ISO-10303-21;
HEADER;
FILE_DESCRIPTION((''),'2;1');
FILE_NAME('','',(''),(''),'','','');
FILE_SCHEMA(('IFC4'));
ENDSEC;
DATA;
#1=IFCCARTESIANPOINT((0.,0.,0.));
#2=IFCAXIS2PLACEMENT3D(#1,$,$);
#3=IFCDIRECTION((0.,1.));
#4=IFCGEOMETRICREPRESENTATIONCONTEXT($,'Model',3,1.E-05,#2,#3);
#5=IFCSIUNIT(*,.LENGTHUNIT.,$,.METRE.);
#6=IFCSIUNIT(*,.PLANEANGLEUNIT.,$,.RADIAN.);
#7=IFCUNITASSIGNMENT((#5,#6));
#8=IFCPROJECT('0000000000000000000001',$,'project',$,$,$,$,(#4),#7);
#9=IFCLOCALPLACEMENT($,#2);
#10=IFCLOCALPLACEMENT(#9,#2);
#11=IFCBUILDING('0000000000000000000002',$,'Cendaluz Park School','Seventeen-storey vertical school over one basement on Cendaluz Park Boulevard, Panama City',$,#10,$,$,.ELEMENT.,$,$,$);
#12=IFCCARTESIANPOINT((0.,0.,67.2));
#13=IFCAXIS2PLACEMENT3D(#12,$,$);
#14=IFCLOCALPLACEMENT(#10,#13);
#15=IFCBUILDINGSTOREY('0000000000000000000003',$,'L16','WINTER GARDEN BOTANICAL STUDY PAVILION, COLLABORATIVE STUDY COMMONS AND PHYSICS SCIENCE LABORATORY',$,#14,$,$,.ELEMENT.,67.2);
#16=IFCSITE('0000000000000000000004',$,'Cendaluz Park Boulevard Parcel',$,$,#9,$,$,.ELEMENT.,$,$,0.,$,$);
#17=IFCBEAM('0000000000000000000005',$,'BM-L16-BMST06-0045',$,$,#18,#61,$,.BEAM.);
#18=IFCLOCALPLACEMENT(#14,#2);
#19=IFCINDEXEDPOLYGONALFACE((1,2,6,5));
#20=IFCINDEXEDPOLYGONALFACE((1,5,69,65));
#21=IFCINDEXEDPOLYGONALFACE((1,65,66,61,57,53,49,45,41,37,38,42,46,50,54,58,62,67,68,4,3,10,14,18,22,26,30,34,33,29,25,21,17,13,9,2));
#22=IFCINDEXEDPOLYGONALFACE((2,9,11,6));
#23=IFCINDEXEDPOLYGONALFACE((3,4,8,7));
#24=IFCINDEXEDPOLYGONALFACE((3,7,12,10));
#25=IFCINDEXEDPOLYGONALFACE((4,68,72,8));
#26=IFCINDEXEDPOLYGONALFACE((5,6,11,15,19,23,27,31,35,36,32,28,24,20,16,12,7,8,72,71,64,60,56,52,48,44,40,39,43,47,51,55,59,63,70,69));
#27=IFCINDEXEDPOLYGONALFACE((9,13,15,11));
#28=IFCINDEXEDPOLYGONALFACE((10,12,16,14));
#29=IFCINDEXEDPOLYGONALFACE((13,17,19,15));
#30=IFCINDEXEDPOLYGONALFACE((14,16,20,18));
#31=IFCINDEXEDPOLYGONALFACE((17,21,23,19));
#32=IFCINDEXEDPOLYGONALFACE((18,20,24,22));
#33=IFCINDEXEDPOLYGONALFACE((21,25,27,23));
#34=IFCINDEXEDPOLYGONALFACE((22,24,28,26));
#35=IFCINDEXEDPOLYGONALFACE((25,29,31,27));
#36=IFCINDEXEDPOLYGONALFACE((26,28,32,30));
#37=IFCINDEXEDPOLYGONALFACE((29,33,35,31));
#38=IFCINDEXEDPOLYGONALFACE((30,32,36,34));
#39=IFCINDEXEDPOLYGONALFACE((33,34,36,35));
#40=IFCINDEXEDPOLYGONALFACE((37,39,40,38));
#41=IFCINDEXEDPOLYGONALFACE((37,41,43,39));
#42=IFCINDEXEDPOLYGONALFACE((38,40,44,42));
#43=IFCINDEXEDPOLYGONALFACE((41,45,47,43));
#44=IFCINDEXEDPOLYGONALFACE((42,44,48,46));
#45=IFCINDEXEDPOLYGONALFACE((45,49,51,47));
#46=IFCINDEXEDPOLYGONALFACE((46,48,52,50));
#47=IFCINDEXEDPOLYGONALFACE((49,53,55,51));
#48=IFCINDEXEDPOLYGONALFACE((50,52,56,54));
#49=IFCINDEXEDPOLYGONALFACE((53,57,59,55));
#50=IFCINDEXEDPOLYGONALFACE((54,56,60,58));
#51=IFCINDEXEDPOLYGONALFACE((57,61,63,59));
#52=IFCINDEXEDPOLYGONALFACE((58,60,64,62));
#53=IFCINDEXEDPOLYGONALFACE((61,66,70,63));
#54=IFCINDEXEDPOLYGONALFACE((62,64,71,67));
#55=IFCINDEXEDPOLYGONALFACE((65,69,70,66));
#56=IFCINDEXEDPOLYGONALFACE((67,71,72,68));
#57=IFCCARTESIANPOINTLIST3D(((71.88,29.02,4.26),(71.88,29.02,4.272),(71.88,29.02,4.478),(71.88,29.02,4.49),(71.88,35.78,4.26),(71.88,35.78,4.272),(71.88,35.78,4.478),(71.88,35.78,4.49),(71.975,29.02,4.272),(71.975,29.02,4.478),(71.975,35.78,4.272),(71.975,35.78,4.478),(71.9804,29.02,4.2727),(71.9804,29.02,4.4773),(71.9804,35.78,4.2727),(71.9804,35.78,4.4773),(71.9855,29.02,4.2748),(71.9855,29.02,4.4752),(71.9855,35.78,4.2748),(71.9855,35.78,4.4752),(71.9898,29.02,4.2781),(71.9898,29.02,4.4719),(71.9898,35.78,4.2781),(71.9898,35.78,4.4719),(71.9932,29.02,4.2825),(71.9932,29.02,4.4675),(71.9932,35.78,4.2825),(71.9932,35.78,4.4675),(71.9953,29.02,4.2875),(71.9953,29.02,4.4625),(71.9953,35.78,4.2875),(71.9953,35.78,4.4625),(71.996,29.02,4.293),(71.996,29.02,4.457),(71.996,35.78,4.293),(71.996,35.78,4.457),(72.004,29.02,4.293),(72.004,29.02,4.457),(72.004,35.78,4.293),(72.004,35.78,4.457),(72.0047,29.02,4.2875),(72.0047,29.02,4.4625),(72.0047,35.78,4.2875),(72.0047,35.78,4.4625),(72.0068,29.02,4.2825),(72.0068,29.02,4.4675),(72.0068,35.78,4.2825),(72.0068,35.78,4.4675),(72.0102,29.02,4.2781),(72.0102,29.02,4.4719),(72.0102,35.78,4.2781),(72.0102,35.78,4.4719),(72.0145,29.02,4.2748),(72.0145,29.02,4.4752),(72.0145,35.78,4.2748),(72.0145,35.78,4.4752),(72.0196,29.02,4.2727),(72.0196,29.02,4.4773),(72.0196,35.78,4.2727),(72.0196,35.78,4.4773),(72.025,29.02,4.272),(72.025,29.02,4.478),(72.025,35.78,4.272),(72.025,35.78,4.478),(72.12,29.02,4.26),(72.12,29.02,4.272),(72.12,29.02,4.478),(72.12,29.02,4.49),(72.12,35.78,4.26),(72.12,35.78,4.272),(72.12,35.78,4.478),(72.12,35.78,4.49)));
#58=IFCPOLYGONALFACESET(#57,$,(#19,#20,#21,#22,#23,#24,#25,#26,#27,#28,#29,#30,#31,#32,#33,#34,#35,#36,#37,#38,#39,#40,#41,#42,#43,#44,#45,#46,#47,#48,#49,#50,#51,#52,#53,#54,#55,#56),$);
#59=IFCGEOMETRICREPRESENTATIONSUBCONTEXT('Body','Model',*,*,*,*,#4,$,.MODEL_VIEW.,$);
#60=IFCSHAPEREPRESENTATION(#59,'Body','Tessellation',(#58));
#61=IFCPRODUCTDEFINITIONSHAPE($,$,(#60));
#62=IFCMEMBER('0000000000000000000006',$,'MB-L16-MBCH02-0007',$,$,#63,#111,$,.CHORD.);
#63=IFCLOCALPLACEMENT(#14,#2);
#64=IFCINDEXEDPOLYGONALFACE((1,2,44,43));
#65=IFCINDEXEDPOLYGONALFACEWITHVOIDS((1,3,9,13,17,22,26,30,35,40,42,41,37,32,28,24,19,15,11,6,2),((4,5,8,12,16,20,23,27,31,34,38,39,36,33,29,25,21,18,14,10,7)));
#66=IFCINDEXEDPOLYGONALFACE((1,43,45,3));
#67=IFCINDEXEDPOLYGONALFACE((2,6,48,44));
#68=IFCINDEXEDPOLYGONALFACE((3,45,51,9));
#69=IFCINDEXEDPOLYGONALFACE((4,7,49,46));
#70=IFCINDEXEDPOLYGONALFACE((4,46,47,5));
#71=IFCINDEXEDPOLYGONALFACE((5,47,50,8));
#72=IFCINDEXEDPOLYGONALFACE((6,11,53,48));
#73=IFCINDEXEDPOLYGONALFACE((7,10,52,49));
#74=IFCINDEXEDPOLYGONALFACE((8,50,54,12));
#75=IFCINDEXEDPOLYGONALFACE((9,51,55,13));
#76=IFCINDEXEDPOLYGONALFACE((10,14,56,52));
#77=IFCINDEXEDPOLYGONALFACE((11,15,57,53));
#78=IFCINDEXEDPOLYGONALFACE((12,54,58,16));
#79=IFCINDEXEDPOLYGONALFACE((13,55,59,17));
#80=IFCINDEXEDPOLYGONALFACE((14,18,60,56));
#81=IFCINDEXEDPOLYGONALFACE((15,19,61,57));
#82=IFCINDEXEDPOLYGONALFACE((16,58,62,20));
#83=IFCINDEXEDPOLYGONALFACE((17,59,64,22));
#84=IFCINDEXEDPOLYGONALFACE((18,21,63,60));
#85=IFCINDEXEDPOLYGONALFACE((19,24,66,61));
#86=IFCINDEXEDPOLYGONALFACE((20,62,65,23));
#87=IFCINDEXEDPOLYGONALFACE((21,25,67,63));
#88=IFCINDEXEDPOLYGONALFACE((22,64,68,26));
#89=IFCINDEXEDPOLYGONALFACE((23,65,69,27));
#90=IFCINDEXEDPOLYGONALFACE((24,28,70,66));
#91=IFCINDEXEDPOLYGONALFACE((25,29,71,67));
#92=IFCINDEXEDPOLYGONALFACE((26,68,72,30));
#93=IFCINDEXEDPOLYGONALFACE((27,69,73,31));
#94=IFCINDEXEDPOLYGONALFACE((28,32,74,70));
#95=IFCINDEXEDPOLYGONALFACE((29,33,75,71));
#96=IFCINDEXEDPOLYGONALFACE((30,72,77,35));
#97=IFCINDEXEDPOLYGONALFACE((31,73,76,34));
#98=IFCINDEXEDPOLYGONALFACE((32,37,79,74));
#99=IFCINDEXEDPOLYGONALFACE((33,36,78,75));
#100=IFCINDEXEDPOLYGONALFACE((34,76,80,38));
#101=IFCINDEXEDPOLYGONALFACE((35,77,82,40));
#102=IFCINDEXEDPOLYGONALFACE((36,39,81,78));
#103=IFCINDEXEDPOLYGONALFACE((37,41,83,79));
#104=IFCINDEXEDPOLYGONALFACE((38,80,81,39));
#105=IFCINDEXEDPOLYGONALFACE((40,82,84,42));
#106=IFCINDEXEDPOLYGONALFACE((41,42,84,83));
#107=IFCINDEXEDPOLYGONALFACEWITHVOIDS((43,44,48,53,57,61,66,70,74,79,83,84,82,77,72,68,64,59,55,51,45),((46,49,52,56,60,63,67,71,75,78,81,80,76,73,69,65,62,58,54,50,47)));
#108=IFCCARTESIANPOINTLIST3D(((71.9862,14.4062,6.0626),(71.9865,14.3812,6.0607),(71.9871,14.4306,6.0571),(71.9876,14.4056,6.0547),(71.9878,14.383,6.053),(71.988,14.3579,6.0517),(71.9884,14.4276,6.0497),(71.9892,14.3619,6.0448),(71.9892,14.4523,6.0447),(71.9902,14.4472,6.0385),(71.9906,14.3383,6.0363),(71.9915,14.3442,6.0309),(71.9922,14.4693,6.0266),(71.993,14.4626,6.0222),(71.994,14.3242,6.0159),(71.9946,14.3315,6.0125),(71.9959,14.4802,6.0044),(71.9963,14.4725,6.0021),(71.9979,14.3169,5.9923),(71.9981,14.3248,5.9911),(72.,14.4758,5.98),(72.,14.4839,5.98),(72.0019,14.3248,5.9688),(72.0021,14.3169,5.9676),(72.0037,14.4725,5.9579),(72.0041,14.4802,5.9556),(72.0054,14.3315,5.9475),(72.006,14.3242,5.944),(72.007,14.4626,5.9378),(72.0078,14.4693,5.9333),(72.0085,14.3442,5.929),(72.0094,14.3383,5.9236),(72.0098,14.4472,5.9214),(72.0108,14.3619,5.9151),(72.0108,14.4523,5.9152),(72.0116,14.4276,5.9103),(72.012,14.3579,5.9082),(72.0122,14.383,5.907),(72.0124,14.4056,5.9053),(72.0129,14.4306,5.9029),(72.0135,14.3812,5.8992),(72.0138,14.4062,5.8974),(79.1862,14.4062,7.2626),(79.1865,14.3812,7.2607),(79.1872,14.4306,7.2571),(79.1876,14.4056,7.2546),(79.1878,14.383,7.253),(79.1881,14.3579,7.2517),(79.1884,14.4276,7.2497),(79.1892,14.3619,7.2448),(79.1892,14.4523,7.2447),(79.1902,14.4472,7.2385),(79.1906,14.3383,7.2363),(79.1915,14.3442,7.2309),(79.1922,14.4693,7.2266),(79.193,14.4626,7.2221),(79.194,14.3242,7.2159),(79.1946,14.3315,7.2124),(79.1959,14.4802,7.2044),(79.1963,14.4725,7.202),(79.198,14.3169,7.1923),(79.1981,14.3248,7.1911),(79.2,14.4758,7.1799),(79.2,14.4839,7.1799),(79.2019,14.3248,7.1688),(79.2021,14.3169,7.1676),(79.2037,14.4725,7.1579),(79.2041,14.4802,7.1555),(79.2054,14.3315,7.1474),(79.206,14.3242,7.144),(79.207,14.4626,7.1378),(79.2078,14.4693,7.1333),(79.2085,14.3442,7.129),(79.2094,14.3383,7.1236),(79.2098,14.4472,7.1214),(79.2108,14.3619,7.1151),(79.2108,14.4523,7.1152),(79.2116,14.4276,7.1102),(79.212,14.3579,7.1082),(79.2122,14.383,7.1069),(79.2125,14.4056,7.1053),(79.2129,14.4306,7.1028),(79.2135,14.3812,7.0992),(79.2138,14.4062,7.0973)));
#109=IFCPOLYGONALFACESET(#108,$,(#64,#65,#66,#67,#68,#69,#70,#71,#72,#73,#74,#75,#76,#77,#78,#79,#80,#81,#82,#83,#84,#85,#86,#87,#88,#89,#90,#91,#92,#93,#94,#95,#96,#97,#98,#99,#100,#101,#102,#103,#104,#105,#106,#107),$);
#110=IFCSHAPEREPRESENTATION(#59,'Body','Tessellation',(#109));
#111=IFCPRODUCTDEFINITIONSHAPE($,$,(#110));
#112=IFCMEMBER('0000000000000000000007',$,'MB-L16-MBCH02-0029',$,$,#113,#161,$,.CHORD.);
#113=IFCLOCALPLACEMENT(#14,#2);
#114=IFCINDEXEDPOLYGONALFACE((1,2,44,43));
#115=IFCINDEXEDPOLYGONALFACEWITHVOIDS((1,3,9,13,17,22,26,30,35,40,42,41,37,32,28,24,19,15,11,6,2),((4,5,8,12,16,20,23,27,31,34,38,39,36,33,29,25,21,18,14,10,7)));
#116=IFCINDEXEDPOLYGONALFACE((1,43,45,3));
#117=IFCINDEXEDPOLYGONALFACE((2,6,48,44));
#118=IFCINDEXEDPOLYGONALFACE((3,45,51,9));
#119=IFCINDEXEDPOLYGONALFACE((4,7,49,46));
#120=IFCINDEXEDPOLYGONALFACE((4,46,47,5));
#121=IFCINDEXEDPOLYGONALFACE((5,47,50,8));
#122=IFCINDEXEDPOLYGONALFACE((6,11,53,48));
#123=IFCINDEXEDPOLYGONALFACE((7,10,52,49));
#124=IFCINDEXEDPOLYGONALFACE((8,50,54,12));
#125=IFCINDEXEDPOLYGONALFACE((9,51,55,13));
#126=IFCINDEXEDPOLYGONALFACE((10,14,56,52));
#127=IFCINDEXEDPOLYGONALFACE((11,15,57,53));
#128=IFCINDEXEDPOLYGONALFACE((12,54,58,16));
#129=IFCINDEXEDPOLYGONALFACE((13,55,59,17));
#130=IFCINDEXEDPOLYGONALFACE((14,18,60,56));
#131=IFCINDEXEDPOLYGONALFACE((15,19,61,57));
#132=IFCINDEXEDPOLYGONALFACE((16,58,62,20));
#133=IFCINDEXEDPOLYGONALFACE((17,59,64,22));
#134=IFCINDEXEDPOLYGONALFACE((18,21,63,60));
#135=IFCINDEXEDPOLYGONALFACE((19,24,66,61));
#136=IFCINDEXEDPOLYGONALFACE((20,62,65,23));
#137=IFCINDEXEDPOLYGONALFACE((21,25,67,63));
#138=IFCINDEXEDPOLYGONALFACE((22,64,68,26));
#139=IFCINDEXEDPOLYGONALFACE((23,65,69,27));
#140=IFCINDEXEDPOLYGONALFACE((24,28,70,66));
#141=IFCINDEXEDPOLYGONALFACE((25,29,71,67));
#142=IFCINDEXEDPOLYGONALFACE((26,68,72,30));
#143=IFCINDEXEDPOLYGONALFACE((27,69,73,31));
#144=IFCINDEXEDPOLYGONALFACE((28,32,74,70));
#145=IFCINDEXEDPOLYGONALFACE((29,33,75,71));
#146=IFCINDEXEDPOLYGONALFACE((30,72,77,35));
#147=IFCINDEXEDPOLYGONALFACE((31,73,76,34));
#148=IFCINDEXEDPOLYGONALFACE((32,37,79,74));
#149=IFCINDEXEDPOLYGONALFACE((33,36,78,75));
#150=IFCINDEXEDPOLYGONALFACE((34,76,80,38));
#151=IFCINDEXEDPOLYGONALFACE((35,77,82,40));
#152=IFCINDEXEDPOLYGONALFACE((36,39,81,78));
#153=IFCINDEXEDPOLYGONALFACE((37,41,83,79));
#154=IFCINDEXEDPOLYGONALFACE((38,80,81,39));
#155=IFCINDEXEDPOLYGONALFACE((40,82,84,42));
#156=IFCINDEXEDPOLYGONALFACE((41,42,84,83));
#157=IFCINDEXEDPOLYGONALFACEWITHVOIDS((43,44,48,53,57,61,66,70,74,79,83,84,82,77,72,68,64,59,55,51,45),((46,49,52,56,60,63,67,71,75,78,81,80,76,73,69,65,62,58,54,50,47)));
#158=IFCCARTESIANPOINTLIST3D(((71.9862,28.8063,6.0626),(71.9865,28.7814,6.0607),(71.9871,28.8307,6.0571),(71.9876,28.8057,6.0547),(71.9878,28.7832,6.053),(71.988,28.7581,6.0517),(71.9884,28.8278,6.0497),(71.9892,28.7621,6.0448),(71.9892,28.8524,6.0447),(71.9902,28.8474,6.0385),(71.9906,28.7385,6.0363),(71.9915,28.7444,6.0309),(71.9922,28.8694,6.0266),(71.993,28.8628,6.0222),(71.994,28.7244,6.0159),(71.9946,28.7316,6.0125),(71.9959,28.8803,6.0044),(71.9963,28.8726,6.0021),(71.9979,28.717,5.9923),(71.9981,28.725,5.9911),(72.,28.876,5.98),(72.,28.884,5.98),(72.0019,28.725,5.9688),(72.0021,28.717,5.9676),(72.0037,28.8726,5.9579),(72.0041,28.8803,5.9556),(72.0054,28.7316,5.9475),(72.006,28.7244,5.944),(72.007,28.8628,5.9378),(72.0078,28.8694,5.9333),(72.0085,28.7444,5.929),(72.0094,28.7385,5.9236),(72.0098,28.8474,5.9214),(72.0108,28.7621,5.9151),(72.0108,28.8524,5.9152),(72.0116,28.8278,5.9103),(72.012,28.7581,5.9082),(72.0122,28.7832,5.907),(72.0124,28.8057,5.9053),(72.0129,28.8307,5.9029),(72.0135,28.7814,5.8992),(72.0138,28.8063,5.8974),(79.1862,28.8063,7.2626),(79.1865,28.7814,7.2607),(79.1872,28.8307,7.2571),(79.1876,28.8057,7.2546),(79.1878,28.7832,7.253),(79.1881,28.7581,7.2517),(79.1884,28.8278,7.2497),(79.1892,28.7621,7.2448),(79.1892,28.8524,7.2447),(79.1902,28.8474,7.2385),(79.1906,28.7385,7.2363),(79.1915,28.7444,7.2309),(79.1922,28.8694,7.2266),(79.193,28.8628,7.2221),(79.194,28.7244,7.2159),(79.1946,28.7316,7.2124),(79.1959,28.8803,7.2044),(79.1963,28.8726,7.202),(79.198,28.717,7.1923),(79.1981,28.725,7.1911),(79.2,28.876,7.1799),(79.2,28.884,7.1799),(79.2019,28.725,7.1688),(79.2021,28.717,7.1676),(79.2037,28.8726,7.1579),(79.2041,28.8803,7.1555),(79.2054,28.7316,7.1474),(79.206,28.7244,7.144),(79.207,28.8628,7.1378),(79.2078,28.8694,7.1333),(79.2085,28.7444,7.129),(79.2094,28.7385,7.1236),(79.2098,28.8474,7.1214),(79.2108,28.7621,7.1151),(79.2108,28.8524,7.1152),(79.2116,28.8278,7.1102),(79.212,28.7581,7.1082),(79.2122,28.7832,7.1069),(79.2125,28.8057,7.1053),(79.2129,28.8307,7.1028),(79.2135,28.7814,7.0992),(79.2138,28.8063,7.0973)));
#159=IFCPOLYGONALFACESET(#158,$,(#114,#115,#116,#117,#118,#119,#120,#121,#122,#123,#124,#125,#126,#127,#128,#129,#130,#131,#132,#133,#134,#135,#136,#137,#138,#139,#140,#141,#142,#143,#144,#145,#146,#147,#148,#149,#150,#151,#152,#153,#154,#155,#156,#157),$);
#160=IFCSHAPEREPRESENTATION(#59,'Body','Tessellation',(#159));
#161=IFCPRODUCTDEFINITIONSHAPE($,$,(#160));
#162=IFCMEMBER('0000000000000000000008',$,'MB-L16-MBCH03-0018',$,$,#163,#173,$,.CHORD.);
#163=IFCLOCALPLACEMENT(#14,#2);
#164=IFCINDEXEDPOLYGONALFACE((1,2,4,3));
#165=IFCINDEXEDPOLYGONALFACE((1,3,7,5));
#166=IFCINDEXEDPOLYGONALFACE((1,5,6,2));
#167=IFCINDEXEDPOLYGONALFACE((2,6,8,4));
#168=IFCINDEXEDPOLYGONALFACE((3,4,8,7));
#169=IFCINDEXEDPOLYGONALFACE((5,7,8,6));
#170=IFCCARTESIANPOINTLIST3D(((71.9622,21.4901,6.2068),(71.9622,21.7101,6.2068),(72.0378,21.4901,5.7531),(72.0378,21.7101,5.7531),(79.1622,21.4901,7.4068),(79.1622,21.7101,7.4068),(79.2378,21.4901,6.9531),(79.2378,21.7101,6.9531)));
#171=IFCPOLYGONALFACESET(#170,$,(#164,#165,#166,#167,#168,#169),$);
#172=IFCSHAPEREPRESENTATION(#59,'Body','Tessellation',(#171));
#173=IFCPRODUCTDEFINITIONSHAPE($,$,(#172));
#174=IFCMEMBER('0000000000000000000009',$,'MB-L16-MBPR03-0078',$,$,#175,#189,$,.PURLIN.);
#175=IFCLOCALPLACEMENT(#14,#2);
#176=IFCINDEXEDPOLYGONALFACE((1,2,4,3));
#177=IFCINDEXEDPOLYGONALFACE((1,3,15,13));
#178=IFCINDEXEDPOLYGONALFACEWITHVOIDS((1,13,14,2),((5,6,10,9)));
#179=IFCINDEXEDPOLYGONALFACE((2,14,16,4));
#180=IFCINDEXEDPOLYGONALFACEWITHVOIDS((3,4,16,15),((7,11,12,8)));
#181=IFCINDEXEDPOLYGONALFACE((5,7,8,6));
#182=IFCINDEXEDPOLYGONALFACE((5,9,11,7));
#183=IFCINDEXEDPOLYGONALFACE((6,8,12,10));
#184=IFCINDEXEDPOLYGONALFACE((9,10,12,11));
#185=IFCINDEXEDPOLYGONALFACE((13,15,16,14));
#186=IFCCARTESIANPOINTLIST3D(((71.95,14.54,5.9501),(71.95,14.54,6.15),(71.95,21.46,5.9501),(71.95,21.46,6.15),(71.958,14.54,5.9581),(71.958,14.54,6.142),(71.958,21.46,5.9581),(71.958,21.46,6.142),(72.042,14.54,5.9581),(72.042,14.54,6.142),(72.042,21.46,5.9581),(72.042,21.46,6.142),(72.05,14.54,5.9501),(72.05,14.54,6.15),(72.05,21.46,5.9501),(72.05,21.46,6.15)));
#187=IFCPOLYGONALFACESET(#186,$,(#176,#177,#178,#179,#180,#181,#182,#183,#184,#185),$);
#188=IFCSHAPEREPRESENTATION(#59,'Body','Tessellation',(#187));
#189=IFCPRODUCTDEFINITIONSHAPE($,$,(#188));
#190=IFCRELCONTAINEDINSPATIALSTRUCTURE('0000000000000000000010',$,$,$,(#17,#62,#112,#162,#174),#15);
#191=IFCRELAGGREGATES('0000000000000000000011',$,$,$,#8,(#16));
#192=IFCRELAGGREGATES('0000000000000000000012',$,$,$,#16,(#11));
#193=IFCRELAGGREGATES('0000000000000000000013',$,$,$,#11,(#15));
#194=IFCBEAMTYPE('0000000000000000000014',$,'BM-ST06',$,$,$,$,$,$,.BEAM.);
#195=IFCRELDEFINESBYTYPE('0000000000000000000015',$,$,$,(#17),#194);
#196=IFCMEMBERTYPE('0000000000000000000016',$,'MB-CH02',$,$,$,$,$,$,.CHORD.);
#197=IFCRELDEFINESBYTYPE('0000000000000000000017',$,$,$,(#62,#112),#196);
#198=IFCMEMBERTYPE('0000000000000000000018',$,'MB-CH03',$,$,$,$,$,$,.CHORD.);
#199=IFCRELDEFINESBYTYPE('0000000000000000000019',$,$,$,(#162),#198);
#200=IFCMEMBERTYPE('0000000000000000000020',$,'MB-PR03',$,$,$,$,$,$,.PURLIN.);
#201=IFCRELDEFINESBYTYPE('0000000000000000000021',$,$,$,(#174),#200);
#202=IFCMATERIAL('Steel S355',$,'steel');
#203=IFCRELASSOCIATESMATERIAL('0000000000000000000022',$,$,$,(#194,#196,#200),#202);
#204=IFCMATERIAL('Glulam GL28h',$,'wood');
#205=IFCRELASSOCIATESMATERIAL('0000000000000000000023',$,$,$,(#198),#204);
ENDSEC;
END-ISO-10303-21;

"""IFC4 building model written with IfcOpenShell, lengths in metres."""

from ifc_helpers import new_model, si_unit, direction, frame, origin, origin_2d, place, context, subcontext, project, spatial, rectangle, hollow_rectangle, hollow_circle, i_section, extrude, material, material_profile, profile_set, type_object, element, save


model = new_model("IFC4")

# Units and contexts
model_context = context("Model", 3, precision=1e-05, world=origin(), true_north=direction((0.0, 1.0)))
body_context = subcontext(model_context, "Body", "Model", "MODEL_VIEW")
ifc_project = project(units=[si_unit("LENGTHUNIT", "METRE"), si_unit("PLANEANGLEUNIT", "RADIAN")], contexts=[model_context])

# Site, building, storey
site_placement = place(None, origin())
site = spatial("IfcSite", under=ifc_project, at=site_placement, Name="Cendaluz Park Boulevard Parcel", CompositionType="ELEMENT", RefElevation=0.0)
building_placement = place(site_placement, origin())
building = spatial("IfcBuilding", under=site, at=building_placement, Name="Cendaluz Park School", Description="Seventeen-storey vertical school over one basement on Cendaluz Park Boulevard, Panama City", CompositionType="ELEMENT")
storey_placement = place(building_placement, frame((0.0, 0.0, 67.2)))
storey = spatial("IfcBuildingStorey", under=building, at=storey_placement, Name="L16", Description="WINTER GARDEN BOTANICAL STUDY PAVILION, COLLABORATIVE STUDY COMMONS AND PHYSICS SCIENCE LABORATORY", CompositionType="ELEMENT", Elevation=67.2)

# Shared definitions
ifc_material_1 = material(Name="Steel S355", Category="steel")

# Beam
ifc_material_profile_1 = material_profile(ifc_material_1, i_section(OverallWidth=0.24, OverallDepth=0.23, WebThickness=0.0081, FlangeThickness=0.012, FilletRadius=0.021, at=origin_2d()), Name="HEA 240", Category="steel")
ifc_profile_set_1 = profile_set([ifc_material_profile_1], Name="Steel S355")
beam_type = type_object("IfcBeamType", Name="BM-ST06", PredefinedType="BEAM", material=ifc_profile_set_1)
for number, where, z_axis, x_axis, name in (
    (1, (72.0, 29.02, 4.375), (0.0, 1.0, 0.0), (-1.0, 0.0, 0.0), "BM-L16-BMST06-0045"),
):
    element("IfcBeam", number, at=place(storey_placement, frame(where, z_axis=z_axis, x_axis=x_axis)), inside=storey, type_object=beam_type, Name=name, PredefinedType="BEAM", context=body_context, shape_type="SweptSolid", body=[
        extrude(i_section(OverallWidth=0.24, OverallDepth=0.23, WebThickness=0.0081, FlangeThickness=0.012, FilletRadius=0.021, at=origin_2d()), origin(), (0.0, 0.0, 1.0), 6.76),
    ])

# Members
ifc_material_profile_2 = material_profile(ifc_material_1, hollow_circle(Radius=0.084, WallThickness=0.0081, at=origin_2d()), Name="CHS 168x8", Category="steel")
ifc_profile_set_2 = profile_set([ifc_material_profile_2], Name="Steel S355")
member_type_1 = type_object("IfcMemberType", Name="MB-CH02", PredefinedType="CHORD", material=ifc_profile_set_2)
for number, where, z_axis, x_axis, name in (
    (2, (72.0, 14.3999, 5.98), (0.986395, 0.0, 0.164394), (0.0, 1.0, 0.0), "MB-L16-MBCH02-0007"),
    (3, (72.0, 28.8, 5.98), (0.986395, 0.0, 0.164394), (0.0, 1.0, 0.0), "MB-L16-MBCH02-0029"),
):
    element("IfcMember", number, at=place(storey_placement, frame(where, z_axis=z_axis, x_axis=x_axis)), inside=storey, type_object=member_type_1, Name=name, PredefinedType="CHORD", context=body_context, shape_type="SweptSolid", body=[
        extrude(hollow_circle(Radius=0.084, WallThickness=0.0081, at=origin_2d()), origin(), (0.0, 0.0, 1.0), 7.2993),
    ])
ifc_material_2 = material(Name="Glulam GL28h", Category="wood")
ifc_material_profile_3 = material_profile(ifc_material_2, rectangle(XDim=0.22, YDim=0.46, at=origin_2d()), Name="GL28h 220x460", Category="wood")
ifc_profile_set_3 = profile_set([ifc_material_profile_3], Name="Glulam GL28h")
member_type_2 = type_object("IfcMemberType", Name="MB-CH03", PredefinedType="CHORD", material=ifc_profile_set_3)
member_1_placement = place(storey_placement, frame((72.0, 21.6001, 5.98), z_axis=(0.986395, 0.0, 0.164394), x_axis=(0.0, 1.0, 0.0)))
element("IfcMember", 4, at=member_1_placement, inside=storey, type_object=member_type_2, Name="MB-L16-MBCH03-0018", PredefinedType="CHORD", context=body_context, shape_type="SweptSolid", body=[
    extrude(rectangle(XDim=0.22, YDim=0.46, at=origin_2d()), origin(), (0.0, 0.0, 1.0), 7.2993),
])
ifc_material_profile_4 = material_profile(ifc_material_1, hollow_rectangle(XDim=0.1001, YDim=0.2, WallThickness=0.0081, at=origin_2d()), Name="RHS 200x100x8", Category="steel")
ifc_profile_set_4 = profile_set([ifc_material_profile_4], Name="Steel S355")
member_type_3 = type_object("IfcMemberType", Name="MB-PR03", PredefinedType="PURLIN", material=ifc_profile_set_4)
member_2_placement = place(storey_placement, frame((72.0, 14.54, 6.05), z_axis=(0.0, 1.0, 0.0), x_axis=(-1.0, 0.0, 0.0)))
element("IfcMember", 5, at=member_2_placement, inside=storey, type_object=member_type_3, Name="MB-L16-MBPR03-0078", PredefinedType="PURLIN", context=body_context, shape_type="SweptSolid", body=[
    extrude(hollow_rectangle(XDim=0.1001, YDim=0.2, WallThickness=0.0081, at=origin_2d()), origin(), (0.0, 0.0, 1.0), 6.9199),
])

save(model, "model.ifc")
